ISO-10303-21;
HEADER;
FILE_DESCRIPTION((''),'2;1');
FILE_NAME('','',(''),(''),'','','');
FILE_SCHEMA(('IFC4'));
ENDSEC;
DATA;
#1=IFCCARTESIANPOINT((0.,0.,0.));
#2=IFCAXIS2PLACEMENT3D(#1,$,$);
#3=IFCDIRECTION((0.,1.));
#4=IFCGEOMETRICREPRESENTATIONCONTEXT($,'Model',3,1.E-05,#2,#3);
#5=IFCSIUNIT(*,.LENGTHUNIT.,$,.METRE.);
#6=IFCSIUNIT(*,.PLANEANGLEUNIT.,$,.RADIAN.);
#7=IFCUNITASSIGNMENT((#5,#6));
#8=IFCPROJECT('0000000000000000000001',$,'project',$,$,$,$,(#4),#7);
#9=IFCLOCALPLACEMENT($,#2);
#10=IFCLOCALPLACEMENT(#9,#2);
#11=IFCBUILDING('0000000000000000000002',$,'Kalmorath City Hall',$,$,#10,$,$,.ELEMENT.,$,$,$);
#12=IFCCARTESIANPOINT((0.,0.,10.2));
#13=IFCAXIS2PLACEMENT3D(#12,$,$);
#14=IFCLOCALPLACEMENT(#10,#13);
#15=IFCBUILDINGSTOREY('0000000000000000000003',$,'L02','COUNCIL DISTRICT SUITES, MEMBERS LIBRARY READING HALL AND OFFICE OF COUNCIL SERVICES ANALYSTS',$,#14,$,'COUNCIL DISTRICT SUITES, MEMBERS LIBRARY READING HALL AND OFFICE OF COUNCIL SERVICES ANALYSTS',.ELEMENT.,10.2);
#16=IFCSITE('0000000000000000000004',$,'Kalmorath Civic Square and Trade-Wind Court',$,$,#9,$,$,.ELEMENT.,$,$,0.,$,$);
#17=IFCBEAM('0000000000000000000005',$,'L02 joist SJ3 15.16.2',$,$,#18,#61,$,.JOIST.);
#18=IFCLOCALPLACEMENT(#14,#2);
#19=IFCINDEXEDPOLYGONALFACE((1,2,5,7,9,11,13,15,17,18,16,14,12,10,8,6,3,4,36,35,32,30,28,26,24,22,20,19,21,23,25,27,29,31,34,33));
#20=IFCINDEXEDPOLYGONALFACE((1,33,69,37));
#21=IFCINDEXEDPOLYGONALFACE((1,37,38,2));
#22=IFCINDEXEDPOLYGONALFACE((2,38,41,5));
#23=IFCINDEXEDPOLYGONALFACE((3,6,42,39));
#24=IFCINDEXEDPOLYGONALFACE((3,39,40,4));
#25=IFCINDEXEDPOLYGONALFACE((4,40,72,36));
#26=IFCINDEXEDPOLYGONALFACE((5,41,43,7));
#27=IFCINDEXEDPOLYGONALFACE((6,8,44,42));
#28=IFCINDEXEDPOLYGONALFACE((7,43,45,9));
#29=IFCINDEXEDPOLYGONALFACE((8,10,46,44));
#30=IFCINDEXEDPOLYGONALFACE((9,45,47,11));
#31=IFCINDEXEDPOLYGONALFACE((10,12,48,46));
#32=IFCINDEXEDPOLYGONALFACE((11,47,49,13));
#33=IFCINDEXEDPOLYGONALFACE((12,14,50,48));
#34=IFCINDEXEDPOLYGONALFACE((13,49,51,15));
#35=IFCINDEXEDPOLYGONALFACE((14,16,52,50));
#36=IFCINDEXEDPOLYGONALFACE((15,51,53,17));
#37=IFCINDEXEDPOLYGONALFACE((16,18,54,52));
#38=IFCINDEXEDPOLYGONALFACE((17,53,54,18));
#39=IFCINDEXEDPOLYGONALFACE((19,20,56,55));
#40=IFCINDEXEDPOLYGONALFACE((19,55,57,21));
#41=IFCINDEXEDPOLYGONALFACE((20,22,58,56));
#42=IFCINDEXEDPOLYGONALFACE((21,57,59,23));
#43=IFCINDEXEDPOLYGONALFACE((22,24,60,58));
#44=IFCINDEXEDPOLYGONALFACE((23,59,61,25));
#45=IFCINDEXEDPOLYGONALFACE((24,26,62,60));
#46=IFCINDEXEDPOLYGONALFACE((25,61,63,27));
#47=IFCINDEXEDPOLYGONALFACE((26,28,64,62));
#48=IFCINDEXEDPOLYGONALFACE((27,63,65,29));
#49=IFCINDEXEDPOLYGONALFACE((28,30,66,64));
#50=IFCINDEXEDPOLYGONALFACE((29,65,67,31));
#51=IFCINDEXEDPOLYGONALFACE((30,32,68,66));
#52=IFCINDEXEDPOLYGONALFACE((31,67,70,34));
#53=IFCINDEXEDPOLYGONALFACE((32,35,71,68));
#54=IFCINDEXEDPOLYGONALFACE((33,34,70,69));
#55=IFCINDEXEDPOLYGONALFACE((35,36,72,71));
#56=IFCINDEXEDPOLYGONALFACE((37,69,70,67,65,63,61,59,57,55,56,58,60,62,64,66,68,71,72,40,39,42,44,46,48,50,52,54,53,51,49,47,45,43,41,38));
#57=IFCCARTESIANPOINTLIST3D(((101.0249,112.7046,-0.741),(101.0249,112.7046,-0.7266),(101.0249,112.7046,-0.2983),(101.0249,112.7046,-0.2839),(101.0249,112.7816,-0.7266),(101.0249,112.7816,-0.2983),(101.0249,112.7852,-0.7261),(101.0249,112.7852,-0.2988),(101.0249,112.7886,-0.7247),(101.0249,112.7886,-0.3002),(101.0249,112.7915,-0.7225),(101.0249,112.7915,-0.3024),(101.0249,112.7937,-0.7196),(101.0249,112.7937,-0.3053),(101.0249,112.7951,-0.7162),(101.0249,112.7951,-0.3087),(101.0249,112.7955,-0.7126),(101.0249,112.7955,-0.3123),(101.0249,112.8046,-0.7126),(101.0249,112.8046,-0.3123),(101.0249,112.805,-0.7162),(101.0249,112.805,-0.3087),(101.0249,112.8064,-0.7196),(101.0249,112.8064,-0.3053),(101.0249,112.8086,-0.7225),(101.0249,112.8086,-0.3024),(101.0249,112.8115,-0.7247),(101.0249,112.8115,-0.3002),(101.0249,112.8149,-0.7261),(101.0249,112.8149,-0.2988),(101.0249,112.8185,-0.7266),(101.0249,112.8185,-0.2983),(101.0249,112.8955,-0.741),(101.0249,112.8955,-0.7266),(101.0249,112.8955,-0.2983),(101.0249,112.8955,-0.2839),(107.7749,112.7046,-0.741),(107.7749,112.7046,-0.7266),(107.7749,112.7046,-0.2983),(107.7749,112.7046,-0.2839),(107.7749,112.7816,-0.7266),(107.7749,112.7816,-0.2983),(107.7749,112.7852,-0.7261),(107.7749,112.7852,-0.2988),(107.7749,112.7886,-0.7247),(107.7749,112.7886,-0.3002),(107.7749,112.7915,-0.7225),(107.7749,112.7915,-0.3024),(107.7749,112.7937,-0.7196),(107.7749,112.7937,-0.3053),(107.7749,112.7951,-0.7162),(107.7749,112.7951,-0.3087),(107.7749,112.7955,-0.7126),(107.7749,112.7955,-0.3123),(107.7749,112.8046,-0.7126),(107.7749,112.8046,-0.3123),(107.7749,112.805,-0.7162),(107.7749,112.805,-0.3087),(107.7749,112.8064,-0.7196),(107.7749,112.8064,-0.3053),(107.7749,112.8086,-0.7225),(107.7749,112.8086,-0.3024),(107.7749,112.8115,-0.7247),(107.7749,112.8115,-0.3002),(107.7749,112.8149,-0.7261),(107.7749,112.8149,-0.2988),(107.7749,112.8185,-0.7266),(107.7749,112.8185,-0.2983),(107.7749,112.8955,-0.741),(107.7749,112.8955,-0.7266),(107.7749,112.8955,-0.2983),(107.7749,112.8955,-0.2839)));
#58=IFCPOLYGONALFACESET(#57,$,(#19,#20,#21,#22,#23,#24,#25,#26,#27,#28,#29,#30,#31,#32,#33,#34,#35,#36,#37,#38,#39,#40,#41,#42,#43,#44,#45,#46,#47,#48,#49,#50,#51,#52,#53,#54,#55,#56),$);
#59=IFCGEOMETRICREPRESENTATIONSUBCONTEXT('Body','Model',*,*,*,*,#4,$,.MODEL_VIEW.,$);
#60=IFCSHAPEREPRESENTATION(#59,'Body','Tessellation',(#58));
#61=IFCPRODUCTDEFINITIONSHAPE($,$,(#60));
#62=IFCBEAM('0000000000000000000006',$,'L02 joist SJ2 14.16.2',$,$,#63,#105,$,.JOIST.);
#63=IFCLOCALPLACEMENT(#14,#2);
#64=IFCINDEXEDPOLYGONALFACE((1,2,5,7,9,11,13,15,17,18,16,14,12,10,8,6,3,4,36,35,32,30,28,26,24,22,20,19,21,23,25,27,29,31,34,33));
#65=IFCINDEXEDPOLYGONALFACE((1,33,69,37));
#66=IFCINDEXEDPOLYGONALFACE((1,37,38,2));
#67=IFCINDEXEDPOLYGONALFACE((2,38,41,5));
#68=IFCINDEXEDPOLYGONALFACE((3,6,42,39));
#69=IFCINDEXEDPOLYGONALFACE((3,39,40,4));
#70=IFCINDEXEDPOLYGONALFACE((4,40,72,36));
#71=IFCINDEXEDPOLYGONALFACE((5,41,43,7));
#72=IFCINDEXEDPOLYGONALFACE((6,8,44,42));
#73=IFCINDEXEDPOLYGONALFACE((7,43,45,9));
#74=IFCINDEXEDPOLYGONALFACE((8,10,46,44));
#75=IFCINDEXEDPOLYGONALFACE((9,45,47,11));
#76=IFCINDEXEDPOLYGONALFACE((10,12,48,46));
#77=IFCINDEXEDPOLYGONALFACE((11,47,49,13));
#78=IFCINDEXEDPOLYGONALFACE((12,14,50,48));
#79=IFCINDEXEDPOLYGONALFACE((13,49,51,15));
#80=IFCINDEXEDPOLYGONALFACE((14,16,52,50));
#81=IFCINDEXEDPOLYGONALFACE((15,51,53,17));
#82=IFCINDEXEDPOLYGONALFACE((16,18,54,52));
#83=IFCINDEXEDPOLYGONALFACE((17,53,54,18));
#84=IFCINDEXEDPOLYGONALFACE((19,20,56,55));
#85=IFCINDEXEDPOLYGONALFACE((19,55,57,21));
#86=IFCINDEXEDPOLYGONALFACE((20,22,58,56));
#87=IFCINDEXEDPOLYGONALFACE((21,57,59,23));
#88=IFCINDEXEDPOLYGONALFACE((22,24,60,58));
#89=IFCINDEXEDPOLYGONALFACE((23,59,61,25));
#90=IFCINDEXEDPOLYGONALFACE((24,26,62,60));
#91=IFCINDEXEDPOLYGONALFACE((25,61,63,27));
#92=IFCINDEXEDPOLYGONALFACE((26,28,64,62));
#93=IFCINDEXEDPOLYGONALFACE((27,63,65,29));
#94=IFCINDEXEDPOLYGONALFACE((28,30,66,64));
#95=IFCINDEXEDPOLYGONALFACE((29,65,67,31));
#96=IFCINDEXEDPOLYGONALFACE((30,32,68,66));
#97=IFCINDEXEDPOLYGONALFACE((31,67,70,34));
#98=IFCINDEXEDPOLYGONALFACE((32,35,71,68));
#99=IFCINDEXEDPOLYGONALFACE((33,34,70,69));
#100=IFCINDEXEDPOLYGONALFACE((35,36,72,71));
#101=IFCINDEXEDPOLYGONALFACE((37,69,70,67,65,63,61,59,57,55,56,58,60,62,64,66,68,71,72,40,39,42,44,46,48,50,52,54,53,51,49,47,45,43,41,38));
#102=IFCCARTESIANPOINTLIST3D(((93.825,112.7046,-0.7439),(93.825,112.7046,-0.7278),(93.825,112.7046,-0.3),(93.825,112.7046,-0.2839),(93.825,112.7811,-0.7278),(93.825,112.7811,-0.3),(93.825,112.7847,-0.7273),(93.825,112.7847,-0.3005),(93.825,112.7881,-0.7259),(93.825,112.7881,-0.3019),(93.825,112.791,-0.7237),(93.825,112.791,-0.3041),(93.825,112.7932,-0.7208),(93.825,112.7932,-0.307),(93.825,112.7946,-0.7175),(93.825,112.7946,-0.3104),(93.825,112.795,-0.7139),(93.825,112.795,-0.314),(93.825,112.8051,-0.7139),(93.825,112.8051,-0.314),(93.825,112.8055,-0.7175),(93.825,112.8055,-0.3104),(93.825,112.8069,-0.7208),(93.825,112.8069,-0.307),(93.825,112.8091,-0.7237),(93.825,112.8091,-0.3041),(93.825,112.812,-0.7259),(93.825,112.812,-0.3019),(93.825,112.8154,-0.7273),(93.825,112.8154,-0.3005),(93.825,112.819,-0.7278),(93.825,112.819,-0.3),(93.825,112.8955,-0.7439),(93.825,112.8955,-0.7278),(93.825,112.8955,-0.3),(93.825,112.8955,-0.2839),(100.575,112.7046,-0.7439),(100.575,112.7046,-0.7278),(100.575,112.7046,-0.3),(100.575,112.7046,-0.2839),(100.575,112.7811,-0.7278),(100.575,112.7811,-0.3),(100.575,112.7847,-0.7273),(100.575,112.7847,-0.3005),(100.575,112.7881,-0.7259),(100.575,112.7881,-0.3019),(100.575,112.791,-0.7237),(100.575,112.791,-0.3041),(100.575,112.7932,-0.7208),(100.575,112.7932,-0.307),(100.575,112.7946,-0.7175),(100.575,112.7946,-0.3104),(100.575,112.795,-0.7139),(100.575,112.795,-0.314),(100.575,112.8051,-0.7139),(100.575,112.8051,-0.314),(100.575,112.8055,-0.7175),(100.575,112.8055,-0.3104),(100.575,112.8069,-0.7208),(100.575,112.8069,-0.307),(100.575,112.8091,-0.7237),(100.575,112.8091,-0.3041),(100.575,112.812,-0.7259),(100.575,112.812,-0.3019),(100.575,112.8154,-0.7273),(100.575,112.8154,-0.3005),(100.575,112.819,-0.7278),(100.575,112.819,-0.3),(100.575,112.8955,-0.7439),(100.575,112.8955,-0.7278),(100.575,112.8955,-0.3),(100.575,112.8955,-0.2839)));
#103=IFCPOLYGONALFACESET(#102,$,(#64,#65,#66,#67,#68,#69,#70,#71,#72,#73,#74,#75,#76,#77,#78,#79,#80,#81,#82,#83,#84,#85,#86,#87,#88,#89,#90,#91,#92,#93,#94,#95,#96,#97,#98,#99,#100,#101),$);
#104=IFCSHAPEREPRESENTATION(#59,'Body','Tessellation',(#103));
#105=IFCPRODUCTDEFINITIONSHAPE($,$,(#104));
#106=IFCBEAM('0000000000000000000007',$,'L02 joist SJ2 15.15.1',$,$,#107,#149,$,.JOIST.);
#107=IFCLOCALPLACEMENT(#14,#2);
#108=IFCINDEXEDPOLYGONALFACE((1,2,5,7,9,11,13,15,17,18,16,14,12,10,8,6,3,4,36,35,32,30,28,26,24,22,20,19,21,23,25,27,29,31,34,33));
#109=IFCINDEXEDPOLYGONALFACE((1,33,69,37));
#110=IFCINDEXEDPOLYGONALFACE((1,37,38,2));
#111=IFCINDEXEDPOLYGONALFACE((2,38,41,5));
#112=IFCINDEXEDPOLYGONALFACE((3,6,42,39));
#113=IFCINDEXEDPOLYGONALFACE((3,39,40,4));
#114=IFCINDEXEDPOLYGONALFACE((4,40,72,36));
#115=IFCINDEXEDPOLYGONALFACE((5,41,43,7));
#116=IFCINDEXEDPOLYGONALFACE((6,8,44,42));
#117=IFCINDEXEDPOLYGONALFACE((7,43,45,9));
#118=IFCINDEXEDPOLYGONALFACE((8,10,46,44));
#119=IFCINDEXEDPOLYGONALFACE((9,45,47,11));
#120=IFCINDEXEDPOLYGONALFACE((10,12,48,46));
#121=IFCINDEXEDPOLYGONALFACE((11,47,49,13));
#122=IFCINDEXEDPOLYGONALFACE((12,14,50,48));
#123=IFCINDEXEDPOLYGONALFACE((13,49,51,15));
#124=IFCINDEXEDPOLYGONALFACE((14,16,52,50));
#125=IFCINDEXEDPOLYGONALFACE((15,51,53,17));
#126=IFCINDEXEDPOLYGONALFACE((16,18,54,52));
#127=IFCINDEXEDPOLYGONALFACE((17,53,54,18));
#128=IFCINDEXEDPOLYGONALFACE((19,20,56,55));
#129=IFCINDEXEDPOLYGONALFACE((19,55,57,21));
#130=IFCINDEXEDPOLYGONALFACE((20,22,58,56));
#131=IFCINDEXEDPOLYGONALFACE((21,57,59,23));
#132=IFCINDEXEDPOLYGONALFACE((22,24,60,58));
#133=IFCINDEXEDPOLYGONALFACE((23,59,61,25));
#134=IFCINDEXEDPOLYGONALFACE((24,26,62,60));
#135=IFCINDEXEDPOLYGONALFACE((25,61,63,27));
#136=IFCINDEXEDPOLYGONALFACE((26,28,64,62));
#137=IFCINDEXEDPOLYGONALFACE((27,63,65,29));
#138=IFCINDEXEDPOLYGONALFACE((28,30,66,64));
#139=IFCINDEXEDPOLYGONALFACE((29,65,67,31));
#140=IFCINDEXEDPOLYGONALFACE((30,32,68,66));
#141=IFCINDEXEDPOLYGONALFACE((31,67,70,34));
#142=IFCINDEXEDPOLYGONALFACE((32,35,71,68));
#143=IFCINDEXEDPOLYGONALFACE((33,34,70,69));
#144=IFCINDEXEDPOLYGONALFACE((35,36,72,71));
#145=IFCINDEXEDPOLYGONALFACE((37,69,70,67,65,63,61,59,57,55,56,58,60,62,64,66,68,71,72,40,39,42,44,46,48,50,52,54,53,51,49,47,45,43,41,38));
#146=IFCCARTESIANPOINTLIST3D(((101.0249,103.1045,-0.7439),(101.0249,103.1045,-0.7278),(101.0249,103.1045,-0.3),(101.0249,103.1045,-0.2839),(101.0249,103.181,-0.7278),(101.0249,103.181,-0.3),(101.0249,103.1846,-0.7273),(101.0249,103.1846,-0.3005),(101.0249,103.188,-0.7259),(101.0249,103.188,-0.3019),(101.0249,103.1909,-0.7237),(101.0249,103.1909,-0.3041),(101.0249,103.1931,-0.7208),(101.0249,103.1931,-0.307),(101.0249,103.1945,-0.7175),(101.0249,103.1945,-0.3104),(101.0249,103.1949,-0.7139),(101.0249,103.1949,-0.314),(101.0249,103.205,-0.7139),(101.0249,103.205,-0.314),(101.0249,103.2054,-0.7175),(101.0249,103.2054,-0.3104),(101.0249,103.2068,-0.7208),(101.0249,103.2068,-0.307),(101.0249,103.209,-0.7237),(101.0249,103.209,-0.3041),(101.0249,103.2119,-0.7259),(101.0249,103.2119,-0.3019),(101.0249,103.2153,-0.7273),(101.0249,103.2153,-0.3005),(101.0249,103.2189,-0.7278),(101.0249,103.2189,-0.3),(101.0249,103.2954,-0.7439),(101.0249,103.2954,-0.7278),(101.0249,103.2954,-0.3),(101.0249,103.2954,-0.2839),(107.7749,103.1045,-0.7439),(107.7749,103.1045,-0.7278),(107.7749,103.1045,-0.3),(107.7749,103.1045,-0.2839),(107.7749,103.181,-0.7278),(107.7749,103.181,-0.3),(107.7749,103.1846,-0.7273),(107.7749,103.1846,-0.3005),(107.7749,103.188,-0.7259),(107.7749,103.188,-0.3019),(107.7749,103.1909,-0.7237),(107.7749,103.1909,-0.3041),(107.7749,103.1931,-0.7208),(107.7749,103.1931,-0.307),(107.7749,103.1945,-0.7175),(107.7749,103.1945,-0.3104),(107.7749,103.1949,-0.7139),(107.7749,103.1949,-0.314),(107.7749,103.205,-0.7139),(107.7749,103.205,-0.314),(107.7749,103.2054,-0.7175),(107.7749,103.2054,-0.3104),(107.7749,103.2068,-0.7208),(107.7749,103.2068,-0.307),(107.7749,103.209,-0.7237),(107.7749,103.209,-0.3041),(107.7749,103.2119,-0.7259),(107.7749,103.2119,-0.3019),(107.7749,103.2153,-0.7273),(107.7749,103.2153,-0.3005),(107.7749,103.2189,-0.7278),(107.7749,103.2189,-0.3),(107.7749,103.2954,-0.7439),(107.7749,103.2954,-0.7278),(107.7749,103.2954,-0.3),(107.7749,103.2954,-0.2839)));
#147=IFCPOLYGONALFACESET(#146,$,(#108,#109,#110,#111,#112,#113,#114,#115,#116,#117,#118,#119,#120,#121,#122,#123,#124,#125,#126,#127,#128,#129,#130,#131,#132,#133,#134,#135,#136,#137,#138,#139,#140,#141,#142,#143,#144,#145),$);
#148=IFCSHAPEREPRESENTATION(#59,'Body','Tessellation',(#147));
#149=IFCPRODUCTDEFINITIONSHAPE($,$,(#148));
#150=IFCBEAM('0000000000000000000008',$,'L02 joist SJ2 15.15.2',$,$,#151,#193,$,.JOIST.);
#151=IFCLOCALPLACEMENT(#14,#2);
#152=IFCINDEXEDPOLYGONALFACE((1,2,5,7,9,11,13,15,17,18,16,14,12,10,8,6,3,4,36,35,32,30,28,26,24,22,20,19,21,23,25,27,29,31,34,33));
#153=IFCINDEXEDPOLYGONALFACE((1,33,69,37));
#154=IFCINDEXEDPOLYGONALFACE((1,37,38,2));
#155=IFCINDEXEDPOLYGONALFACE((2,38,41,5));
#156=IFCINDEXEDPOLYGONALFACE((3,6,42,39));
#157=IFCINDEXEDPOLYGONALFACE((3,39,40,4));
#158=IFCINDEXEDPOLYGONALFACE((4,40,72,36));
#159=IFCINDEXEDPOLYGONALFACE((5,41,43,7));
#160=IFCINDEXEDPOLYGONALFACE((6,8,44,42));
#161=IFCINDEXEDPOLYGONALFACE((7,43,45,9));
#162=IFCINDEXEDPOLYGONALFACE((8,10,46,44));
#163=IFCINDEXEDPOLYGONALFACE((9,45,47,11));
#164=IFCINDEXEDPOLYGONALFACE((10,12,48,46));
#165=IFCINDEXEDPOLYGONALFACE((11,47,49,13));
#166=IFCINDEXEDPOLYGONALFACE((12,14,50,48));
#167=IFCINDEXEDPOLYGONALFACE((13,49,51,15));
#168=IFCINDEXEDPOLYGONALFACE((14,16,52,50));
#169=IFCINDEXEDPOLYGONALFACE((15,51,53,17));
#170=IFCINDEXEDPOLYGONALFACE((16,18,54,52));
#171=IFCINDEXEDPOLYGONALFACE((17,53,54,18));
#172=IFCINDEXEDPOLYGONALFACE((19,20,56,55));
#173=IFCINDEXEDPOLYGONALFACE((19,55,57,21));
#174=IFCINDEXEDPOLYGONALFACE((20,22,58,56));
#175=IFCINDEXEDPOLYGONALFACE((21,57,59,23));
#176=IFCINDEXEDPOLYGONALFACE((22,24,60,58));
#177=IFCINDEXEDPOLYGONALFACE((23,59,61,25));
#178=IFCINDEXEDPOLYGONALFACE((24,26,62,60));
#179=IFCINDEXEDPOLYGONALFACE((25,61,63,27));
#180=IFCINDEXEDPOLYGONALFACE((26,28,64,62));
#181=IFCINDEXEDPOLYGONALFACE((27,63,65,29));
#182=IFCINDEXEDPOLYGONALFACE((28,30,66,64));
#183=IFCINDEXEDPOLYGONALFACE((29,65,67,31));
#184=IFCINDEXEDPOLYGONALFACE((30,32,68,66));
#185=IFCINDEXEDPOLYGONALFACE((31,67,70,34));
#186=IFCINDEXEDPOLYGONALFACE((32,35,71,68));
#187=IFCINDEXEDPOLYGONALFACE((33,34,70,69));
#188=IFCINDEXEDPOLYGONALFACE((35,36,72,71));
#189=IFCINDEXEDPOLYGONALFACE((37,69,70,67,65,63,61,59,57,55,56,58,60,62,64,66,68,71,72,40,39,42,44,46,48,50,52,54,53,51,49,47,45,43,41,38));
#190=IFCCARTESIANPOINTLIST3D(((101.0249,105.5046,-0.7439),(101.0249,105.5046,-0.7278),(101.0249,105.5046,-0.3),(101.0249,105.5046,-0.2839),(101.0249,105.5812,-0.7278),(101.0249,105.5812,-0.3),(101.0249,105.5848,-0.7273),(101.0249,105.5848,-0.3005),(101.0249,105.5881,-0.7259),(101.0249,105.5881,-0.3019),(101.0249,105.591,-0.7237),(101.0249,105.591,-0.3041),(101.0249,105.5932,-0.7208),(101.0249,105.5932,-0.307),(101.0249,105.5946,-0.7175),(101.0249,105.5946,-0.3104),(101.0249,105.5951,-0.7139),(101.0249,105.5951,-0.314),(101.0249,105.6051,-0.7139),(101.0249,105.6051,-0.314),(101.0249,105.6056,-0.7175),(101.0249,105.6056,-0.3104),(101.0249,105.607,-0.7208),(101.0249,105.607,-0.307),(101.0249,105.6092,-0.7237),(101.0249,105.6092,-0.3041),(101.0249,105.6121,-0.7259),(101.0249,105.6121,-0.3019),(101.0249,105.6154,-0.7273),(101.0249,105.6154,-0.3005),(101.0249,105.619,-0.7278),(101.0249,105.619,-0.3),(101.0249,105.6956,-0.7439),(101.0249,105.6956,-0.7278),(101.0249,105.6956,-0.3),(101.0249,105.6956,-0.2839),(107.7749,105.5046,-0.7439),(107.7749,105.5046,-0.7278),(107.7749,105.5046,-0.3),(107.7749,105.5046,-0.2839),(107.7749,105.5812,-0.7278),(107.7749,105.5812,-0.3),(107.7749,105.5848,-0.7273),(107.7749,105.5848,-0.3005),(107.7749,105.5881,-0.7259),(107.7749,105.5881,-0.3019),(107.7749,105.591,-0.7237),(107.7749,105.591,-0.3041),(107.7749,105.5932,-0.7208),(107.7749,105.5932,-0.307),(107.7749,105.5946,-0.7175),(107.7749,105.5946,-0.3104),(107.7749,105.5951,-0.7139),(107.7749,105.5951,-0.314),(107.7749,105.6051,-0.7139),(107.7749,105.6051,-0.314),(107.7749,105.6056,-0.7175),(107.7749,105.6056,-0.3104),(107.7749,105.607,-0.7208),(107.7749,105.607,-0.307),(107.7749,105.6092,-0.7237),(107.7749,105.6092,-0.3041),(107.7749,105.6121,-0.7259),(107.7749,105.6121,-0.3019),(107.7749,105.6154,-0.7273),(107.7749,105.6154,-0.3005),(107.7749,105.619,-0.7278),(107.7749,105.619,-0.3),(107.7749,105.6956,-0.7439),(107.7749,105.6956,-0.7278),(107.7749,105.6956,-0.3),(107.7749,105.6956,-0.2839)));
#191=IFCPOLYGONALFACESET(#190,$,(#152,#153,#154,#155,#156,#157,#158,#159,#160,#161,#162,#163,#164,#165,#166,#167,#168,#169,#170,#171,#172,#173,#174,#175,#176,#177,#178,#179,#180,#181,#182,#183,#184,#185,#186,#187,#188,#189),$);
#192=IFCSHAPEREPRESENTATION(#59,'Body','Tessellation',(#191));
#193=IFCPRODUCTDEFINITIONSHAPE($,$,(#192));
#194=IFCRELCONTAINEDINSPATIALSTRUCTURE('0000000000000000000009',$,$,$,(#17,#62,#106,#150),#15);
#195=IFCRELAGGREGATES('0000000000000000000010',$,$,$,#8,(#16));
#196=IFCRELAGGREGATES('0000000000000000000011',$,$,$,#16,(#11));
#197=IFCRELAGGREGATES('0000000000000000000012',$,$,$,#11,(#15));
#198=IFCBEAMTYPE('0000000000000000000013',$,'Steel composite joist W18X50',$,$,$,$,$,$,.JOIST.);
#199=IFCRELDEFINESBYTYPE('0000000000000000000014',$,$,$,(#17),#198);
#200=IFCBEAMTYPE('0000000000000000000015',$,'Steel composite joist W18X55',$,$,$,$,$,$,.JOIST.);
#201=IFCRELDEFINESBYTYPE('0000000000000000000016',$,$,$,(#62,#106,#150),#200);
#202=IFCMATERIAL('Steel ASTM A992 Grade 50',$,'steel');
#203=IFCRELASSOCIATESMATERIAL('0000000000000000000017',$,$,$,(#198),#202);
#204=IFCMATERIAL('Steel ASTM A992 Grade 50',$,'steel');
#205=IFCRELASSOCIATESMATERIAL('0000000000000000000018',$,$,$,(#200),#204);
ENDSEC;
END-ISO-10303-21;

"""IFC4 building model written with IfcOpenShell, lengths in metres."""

from ifc_helpers import new_model, si_unit, direction, frame, origin, origin_2d, place, context, subcontext, project, spatial, i_section, extrude, material, material_profile, profile_set, type_object, element, save


model = new_model("IFC4")

# Units and contexts
model_context = context("Model", 3, precision=1e-05, world=origin(), true_north=direction((0.0, 1.0)))
body_context = subcontext(model_context, "Body", "Model", "MODEL_VIEW")
ifc_project = project(units=[si_unit("LENGTHUNIT", "METRE"), si_unit("PLANEANGLEUNIT", "RADIAN")], contexts=[model_context])

# Site, building, storey
site_placement = place(None, origin())
site = spatial("IfcSite", under=ifc_project, at=site_placement, Name="Kalmorath Civic Square and Trade-Wind Court", CompositionType="ELEMENT", RefElevation=0.0)
building_placement = place(site_placement, origin())
building = spatial("IfcBuilding", under=site, at=building_placement, Name="Kalmorath City Hall", CompositionType="ELEMENT")
storey_placement = place(building_placement, frame((0.0, 0.0, 10.2)))
storey = spatial("IfcBuildingStorey", under=building, at=storey_placement, Name="L02", Description="COUNCIL DISTRICT SUITES, MEMBERS LIBRARY READING HALL AND OFFICE OF COUNCIL SERVICES ANALYSTS", LongName="COUNCIL DISTRICT SUITES, MEMBERS LIBRARY READING HALL AND OFFICE OF COUNCIL SERVICES ANALYSTS", CompositionType="ELEMENT", Elevation=10.2)

# Beams
ifc_material_1 = material(Name="Steel ASTM A992 Grade 50", Category="steel")
ifc_material_profile_1 = material_profile(ifc_material_1, i_section(OverallWidth=0.1909, OverallDepth=0.457, WebThickness=0.009, FlangeThickness=0.0144, FilletRadius=0.0139, at=origin_2d()), Name="W18X50")
ifc_profile_set_1 = profile_set([ifc_material_profile_1], Name="Steel ASTM A992 Grade 50")
beam_type_1 = type_object("IfcBeamType", Name="Steel composite joist W18X50", PredefinedType="JOIST", material=ifc_profile_set_1)
for number, where, z_axis, x_axis, name in (
    (1, (101.0249, 112.8, -0.5125), (1.0, 0.0, 0.0), (0.0, 1.0, 0.0), "L02 joist SJ3 15.16.2"),
):
    element("IfcBeam", number, at=place(storey_placement, frame(where, z_axis=z_axis, x_axis=x_axis)), inside=storey, type_object=beam_type_1, Name=name, PredefinedType="JOIST", context=body_context, shape_type="SweptSolid", body=[
        extrude(i_section(OverallWidth=0.1909, OverallDepth=0.457, WebThickness=0.009, FlangeThickness=0.0144, FilletRadius=0.0139, at=origin_2d()), origin(), (0.0, 0.0, 1.0), 6.75),
    ])
ifc_material_2 = material(Name="Steel ASTM A992 Grade 50", Category="steel")
ifc_material_profile_2 = material_profile(ifc_material_2, i_section(OverallWidth=0.1909, OverallDepth=0.46, WebThickness=0.01, FlangeThickness=0.0161, FilletRadius=0.0139, at=origin_2d()), Name="W18X55")
ifc_profile_set_2 = profile_set([ifc_material_profile_2], Name="Steel ASTM A992 Grade 50")
beam_type_2 = type_object("IfcBeamType", Name="Steel composite joist W18X55", PredefinedType="JOIST", material=ifc_profile_set_2)
for number, where, z_axis, x_axis, name in (
    (2, (93.825, 112.8, -0.5139), (1.0, 0.0, 0.0), (0.0, 1.0, 0.0), "L02 joist SJ2 14.16.2"),
    (3, (101.0249, 103.2, -0.5139), (1.0, 0.0, 0.0), (0.0, 1.0, 0.0), "L02 joist SJ2 15.15.1"),
    (4, (101.0249, 105.6001, -0.5139), (1.0, 0.0, 0.0), (0.0, 1.0, 0.0), "L02 joist SJ2 15.15.2"),
):
    element("IfcBeam", number, at=place(storey_placement, frame(where, z_axis=z_axis, x_axis=x_axis)), inside=storey, type_object=beam_type_2, Name=name, PredefinedType="JOIST", context=body_context, shape_type="SweptSolid", body=[
        extrude(i_section(OverallWidth=0.1909, OverallDepth=0.46, WebThickness=0.01, FlangeThickness=0.0161, FilletRadius=0.0139, at=origin_2d()), origin(), (0.0, 0.0, 1.0), 6.75),
    ])

save(model, "model.ifc")
